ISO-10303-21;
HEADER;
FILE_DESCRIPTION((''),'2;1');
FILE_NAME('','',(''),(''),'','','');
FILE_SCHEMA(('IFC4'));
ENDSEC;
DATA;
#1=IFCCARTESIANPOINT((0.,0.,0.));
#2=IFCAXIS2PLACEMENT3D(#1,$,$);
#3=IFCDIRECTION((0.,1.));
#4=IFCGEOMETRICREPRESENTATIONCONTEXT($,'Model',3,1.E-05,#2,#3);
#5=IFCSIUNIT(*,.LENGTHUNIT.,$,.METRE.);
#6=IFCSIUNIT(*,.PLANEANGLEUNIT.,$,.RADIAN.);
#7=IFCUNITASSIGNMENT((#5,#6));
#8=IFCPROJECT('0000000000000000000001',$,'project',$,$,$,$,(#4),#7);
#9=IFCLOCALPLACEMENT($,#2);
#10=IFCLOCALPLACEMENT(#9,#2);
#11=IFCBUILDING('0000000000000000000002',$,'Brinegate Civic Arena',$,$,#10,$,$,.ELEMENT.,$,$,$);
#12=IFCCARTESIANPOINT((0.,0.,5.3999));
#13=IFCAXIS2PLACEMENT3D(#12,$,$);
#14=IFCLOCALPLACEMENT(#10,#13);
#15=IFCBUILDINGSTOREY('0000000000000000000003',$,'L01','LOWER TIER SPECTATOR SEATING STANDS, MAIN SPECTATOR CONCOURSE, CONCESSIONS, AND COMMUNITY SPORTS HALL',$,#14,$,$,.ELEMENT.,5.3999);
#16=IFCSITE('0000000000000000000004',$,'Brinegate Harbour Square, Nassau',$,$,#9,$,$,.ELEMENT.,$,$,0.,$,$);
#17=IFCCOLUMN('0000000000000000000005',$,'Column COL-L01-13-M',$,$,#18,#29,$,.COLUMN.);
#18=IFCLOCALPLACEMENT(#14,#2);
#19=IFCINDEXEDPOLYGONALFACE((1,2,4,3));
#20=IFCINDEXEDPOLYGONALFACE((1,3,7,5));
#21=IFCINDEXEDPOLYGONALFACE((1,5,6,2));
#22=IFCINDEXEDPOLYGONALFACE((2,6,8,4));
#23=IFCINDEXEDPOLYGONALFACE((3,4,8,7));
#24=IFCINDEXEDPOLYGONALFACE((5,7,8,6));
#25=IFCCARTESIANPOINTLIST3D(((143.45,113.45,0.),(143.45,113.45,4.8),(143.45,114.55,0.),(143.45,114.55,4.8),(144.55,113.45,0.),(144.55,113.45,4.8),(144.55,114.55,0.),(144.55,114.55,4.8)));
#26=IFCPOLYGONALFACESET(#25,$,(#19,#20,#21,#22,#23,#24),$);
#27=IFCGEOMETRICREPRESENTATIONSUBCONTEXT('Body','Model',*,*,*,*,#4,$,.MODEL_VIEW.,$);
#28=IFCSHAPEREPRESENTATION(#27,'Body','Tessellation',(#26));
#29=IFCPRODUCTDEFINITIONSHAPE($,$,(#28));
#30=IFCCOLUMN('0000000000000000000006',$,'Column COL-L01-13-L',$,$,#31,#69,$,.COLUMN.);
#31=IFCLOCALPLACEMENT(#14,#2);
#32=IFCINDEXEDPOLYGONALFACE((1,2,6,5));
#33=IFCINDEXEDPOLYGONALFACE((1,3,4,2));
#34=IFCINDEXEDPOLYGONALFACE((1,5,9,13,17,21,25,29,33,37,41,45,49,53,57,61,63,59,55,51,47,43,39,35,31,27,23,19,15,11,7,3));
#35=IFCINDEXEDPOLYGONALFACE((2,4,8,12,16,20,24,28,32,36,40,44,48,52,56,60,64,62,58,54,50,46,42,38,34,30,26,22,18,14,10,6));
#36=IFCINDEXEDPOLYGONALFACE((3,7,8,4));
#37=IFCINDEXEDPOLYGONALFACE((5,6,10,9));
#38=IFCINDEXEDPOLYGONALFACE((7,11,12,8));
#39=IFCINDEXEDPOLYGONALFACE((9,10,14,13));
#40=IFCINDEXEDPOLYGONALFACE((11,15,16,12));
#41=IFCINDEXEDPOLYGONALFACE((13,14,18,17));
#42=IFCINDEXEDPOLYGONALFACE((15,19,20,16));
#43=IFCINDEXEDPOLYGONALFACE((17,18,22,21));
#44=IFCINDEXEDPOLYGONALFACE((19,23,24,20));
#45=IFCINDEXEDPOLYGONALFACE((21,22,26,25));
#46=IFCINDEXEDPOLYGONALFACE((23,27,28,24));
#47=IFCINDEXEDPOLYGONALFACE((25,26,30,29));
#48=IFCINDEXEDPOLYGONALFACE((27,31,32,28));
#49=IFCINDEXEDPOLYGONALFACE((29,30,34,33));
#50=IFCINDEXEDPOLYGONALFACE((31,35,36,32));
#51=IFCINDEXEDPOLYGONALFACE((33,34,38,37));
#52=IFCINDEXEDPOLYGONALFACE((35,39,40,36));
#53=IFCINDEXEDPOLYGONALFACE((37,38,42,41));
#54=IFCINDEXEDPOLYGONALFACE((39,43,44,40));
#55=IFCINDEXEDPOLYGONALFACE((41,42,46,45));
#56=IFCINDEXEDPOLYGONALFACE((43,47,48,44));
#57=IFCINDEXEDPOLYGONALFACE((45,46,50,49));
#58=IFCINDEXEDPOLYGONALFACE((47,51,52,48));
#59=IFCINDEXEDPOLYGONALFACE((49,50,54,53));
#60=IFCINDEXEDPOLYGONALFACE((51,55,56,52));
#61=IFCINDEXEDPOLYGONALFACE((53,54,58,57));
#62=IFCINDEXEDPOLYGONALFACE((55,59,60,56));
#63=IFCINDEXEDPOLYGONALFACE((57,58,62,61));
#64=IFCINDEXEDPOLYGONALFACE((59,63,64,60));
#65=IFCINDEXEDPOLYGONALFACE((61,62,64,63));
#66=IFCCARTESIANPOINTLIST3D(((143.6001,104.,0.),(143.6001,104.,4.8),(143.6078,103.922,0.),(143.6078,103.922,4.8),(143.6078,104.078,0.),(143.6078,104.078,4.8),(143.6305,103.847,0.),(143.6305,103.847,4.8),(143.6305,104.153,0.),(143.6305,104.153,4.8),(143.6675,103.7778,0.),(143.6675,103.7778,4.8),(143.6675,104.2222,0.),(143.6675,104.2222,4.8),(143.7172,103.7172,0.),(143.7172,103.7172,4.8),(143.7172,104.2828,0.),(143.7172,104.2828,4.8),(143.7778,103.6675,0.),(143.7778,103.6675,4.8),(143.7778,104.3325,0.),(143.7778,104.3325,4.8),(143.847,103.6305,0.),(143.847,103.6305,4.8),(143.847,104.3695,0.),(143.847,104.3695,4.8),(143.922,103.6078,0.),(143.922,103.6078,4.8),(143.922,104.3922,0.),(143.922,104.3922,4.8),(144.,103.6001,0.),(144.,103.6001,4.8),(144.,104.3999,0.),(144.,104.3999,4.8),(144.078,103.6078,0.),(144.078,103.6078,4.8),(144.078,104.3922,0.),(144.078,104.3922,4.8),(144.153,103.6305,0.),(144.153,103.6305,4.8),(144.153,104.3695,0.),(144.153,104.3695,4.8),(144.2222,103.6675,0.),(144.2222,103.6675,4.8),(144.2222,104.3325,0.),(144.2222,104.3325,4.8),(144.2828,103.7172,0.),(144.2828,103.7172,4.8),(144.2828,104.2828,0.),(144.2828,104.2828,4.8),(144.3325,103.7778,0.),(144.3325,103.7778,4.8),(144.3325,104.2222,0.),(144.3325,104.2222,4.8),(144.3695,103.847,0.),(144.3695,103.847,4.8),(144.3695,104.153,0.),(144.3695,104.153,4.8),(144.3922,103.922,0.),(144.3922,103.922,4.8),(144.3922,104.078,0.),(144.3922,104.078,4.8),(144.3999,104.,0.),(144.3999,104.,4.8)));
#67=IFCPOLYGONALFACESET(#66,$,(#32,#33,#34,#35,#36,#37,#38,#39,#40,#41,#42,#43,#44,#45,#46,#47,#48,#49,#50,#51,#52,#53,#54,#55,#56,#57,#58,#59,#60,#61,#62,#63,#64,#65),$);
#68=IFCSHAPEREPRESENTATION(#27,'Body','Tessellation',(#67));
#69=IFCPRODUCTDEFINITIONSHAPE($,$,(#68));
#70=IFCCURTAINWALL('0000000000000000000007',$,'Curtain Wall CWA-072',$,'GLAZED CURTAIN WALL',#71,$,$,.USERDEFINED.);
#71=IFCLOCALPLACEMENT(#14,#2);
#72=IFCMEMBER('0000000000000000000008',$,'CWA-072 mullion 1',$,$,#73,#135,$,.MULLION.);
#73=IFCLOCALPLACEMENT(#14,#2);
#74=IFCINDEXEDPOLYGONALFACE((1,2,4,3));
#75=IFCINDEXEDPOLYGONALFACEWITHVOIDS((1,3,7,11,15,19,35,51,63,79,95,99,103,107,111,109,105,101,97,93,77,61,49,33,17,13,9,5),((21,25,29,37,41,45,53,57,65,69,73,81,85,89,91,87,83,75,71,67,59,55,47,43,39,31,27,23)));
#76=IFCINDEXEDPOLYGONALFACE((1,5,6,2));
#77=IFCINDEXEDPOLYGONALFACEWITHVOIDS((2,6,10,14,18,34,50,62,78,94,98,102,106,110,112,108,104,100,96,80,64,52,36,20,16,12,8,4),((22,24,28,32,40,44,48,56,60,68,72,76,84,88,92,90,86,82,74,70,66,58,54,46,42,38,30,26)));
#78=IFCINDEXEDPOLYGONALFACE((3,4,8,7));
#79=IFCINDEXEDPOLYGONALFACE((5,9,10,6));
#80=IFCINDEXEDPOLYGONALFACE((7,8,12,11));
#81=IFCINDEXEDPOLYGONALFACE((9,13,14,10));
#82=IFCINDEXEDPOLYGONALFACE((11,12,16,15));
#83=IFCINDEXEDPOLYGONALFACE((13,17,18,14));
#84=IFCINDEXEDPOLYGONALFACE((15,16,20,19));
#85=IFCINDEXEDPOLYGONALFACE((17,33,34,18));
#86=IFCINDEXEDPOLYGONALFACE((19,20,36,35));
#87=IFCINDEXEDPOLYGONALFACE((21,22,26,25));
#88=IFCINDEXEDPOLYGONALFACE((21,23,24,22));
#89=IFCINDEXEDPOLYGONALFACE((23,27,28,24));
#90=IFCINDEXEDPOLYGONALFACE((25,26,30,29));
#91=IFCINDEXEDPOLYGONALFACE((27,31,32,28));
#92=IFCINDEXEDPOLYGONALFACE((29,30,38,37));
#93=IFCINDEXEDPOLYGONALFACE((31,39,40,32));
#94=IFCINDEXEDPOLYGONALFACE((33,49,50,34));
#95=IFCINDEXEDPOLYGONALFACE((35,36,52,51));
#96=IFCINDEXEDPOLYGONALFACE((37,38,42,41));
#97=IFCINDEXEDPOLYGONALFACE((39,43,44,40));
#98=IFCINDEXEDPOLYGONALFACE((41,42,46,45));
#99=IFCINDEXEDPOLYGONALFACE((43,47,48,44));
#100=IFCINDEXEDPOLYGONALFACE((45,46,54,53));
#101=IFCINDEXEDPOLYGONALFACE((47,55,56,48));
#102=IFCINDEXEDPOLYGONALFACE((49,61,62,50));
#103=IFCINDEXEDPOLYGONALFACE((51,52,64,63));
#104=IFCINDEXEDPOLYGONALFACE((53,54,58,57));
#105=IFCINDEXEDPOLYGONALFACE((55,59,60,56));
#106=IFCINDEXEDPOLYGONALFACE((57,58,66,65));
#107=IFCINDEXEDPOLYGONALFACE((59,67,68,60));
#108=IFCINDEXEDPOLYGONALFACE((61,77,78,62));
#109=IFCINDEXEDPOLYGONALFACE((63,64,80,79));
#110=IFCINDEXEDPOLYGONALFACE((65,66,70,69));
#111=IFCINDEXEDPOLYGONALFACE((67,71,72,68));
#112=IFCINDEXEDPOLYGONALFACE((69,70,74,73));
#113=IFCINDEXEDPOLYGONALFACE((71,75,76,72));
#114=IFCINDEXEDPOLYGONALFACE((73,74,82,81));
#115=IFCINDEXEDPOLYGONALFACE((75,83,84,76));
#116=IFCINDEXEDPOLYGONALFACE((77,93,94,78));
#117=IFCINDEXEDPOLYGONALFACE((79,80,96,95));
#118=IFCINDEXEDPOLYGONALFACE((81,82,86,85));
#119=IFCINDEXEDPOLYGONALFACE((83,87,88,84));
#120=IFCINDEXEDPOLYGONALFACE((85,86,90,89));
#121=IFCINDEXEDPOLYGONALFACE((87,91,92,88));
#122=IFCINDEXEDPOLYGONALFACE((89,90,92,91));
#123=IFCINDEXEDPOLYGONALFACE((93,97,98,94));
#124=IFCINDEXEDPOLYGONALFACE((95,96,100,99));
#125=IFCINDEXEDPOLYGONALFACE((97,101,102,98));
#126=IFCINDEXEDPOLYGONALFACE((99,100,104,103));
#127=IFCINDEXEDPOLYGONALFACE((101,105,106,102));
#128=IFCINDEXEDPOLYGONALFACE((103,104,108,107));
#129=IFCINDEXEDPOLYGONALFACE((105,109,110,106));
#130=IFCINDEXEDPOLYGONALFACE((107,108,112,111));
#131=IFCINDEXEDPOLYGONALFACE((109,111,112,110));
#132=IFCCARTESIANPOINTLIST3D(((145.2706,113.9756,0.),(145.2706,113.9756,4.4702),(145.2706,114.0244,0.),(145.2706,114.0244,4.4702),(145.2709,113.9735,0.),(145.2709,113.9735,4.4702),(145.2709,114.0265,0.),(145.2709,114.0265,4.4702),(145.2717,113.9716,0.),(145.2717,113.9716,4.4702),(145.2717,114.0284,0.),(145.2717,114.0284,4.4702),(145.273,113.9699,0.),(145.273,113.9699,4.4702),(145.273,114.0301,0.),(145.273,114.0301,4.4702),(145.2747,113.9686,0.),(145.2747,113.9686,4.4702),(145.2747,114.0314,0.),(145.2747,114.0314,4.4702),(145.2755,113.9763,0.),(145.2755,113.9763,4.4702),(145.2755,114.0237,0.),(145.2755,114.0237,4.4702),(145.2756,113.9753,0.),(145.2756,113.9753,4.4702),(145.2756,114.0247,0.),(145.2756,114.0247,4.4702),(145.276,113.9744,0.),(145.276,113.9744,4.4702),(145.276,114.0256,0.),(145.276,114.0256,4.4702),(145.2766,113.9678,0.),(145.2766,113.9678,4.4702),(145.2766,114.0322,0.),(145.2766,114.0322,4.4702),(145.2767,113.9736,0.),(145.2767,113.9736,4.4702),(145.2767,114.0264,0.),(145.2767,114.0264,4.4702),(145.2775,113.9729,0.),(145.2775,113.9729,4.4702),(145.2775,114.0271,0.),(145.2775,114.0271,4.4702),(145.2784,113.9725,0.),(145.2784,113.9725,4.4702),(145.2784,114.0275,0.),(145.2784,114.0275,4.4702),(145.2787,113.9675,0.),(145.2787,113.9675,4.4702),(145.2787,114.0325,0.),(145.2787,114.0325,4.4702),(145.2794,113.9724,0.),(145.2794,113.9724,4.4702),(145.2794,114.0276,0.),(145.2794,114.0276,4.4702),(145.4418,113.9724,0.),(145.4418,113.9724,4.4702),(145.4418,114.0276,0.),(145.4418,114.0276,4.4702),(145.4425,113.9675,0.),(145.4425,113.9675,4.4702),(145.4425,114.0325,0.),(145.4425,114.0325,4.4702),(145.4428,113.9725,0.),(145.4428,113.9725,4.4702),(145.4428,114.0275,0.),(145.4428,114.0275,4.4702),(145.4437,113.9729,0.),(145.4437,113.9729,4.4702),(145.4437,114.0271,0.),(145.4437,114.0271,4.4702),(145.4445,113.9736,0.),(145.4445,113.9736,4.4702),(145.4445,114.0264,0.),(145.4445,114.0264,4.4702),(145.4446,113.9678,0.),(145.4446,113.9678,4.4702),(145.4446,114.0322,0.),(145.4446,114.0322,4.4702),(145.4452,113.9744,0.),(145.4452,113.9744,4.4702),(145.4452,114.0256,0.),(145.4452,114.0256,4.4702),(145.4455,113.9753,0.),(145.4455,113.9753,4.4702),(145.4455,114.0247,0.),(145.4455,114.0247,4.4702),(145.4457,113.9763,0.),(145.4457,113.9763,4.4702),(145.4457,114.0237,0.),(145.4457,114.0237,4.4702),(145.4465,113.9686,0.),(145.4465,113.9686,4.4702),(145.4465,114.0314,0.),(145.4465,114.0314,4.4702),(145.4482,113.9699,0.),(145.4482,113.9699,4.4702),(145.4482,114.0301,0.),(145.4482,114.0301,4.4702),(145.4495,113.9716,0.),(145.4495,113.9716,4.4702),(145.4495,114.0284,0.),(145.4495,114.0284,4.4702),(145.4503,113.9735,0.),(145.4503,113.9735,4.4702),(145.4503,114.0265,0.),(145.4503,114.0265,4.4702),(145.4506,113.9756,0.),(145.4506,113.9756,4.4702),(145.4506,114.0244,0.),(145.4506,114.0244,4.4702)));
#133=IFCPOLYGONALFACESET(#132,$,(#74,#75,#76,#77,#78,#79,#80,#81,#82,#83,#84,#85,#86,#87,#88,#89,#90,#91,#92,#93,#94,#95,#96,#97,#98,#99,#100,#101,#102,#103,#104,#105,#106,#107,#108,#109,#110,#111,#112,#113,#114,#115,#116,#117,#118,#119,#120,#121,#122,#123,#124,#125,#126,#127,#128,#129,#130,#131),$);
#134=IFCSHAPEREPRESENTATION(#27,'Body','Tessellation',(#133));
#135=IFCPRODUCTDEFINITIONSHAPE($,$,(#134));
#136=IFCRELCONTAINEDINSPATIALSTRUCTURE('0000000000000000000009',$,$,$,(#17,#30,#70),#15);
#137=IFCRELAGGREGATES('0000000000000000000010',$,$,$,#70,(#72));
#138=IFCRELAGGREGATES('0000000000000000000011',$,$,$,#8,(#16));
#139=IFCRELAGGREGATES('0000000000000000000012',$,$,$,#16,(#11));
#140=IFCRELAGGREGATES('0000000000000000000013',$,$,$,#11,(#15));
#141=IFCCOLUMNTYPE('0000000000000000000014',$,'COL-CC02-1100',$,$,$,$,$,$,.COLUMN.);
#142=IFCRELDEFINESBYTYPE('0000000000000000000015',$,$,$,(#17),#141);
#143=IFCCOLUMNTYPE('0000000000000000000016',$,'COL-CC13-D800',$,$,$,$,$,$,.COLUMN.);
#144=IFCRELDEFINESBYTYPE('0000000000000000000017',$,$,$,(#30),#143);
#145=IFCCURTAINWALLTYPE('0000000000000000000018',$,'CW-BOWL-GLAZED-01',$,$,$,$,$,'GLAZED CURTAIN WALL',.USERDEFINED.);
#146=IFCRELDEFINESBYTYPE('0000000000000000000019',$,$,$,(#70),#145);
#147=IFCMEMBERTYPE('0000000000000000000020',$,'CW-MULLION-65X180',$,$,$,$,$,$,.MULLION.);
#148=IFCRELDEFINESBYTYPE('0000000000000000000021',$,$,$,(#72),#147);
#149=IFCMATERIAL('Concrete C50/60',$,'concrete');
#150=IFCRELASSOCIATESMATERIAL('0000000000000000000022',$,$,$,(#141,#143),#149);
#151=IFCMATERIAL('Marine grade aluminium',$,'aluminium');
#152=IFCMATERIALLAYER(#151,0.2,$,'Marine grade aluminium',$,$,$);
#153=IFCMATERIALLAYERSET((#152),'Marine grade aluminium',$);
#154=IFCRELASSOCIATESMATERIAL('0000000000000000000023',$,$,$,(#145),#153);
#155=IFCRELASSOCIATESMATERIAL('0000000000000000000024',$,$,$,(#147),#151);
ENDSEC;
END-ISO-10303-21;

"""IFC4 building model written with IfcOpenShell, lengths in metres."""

from ifc_helpers import new_model, si_unit, direction, frame, origin, origin_2d, place, context, subcontext, project, spatial, rectangle, hollow_rectangle, circle, extrude, material, layer, layer_set, material_profile, profile_set, type_object, element, aggregate, save


model = new_model("IFC4")

# Units and contexts
model_context = context("Model", 3, precision=1e-05, world=origin(), true_north=direction((0.0, 1.0)))
body_context = subcontext(model_context, "Body", "Model", "MODEL_VIEW")
ifc_project = project(units=[si_unit("LENGTHUNIT", "METRE"), si_unit("PLANEANGLEUNIT", "RADIAN")], contexts=[model_context])

# Site, building, storey
site_placement = place(None, origin())
site = spatial("IfcSite", under=ifc_project, at=site_placement, Name="Brinegate Harbour Square, Nassau", CompositionType="ELEMENT", RefElevation=0.0)
building_placement = place(site_placement, origin())
building = spatial("IfcBuilding", under=site, at=building_placement, Name="Brinegate Civic Arena", CompositionType="ELEMENT")
storey_placement = place(building_placement, frame((0.0, 0.0, 5.3999)))
storey = spatial("IfcBuildingStorey", under=building, at=storey_placement, Name="L01", Description="LOWER TIER SPECTATOR SEATING STANDS, MAIN SPECTATOR CONCOURSE, CONCESSIONS, AND COMMUNITY SPORTS HALL", CompositionType="ELEMENT", Elevation=5.3999)

# Columns
ifc_material_1 = material(Name="Concrete C50/60", Category="concrete")
ifc_material_profile_1 = material_profile(ifc_material_1, rectangle(XDim=1.1001, YDim=1.1001, at=origin_2d()), Name="RC1100X1100")
ifc_profile_set_1 = profile_set([ifc_material_profile_1], Name="Concrete C50/60")
column_type_1 = type_object("IfcColumnType", Name="COL-CC02-1100", PredefinedType="COLUMN", material=ifc_profile_set_1)
column_1_placement = place(storey_placement, frame((144.0, 114.0, 0.0), z_axis=(0.0, 0.0, 1.0), x_axis=(1.0, 0.0, 0.0)))
element("IfcColumn", 1, at=column_1_placement, inside=storey, type_object=column_type_1, Name="Column COL-L01-13-M", PredefinedType="COLUMN", context=body_context, shape_type="SweptSolid", body=[
    extrude(rectangle(XDim=1.1001, YDim=1.1001, at=origin_2d()), origin(), (0.0, 0.0, 1.0), 4.8),
])
ifc_material_profile_2 = material_profile(ifc_material_1, circle(Radius=0.3999, at=origin_2d()), Name="RCD800")
ifc_profile_set_2 = profile_set([ifc_material_profile_2], Name="Concrete C50/60")
column_type_2 = type_object("IfcColumnType", Name="COL-CC13-D800", PredefinedType="COLUMN", material=ifc_profile_set_2)
column_2_placement = place(storey_placement, frame((144.0, 104.0, 0.0), z_axis=(0.0, 0.0, 1.0), x_axis=(1.0, 0.0, 0.0)))
element("IfcColumn", 2, at=column_2_placement, inside=storey, type_object=column_type_2, Name="Column COL-L01-13-L", PredefinedType="COLUMN", context=body_context, shape_type="SweptSolid", body=[
    extrude(circle(Radius=0.3999, at=origin_2d()), origin(), (0.0, 0.0, 1.0), 4.8),
])

# Curtain wall, member
ifc_material_2 = material(Name="Marine grade aluminium", Category="aluminium")
ifc_layer_1 = layer(ifc_material_2, 0.2, Name="Marine grade aluminium")
ifc_layer_set_1 = layer_set([ifc_layer_1], Name="Marine grade aluminium")
curtain_wall_type = type_object("IfcCurtainWallType", Name="CW-BOWL-GLAZED-01", ElementType="GLAZED CURTAIN WALL", PredefinedType="USERDEFINED", material=ifc_layer_set_1)
curtain_wall_placement = place(storey_placement, origin())
curtain_wall = element("IfcCurtainWall", 3, at=curtain_wall_placement, inside=storey, type_object=curtain_wall_type, Name="Curtain Wall CWA-072", ObjectType="GLAZED CURTAIN WALL", PredefinedType="USERDEFINED")
ifc_material_profile_3 = material_profile(ifc_material_2, hollow_rectangle(XDim=0.0649, YDim=0.1799, WallThickness=0.0049, InnerFilletRadius=0.0039, OuterFilletRadius=0.0081, at=origin_2d()), Name="MUL65X180")
ifc_profile_set_3 = profile_set([ifc_material_profile_3], Name="Marine grade aluminium")
member_type_1 = type_object("IfcMemberType", Name="CW-MULLION-65X180", PredefinedType="MULLION", material=ifc_profile_set_3)
member_1_placement = place(storey_placement, frame((145.3606, 114.0, 0.0), z_axis=(0.0, 0.0, 1.0), x_axis=(0.0, 1.0, 0.0)))
member_1 = element("IfcMember", 4, at=member_1_placement, type_object=member_type_1, Name="CWA-072 mullion 1", PredefinedType="MULLION", context=body_context, shape_type="SweptSolid", body=[
    extrude(hollow_rectangle(XDim=0.0649, YDim=0.1799, WallThickness=0.0049, InnerFilletRadius=0.0039, OuterFilletRadius=0.0081, at=origin_2d()), origin(), (0.0, 0.0, 1.0), 4.4702),
])
aggregate(curtain_wall, [member_1])

save(model, "model.ifc")
